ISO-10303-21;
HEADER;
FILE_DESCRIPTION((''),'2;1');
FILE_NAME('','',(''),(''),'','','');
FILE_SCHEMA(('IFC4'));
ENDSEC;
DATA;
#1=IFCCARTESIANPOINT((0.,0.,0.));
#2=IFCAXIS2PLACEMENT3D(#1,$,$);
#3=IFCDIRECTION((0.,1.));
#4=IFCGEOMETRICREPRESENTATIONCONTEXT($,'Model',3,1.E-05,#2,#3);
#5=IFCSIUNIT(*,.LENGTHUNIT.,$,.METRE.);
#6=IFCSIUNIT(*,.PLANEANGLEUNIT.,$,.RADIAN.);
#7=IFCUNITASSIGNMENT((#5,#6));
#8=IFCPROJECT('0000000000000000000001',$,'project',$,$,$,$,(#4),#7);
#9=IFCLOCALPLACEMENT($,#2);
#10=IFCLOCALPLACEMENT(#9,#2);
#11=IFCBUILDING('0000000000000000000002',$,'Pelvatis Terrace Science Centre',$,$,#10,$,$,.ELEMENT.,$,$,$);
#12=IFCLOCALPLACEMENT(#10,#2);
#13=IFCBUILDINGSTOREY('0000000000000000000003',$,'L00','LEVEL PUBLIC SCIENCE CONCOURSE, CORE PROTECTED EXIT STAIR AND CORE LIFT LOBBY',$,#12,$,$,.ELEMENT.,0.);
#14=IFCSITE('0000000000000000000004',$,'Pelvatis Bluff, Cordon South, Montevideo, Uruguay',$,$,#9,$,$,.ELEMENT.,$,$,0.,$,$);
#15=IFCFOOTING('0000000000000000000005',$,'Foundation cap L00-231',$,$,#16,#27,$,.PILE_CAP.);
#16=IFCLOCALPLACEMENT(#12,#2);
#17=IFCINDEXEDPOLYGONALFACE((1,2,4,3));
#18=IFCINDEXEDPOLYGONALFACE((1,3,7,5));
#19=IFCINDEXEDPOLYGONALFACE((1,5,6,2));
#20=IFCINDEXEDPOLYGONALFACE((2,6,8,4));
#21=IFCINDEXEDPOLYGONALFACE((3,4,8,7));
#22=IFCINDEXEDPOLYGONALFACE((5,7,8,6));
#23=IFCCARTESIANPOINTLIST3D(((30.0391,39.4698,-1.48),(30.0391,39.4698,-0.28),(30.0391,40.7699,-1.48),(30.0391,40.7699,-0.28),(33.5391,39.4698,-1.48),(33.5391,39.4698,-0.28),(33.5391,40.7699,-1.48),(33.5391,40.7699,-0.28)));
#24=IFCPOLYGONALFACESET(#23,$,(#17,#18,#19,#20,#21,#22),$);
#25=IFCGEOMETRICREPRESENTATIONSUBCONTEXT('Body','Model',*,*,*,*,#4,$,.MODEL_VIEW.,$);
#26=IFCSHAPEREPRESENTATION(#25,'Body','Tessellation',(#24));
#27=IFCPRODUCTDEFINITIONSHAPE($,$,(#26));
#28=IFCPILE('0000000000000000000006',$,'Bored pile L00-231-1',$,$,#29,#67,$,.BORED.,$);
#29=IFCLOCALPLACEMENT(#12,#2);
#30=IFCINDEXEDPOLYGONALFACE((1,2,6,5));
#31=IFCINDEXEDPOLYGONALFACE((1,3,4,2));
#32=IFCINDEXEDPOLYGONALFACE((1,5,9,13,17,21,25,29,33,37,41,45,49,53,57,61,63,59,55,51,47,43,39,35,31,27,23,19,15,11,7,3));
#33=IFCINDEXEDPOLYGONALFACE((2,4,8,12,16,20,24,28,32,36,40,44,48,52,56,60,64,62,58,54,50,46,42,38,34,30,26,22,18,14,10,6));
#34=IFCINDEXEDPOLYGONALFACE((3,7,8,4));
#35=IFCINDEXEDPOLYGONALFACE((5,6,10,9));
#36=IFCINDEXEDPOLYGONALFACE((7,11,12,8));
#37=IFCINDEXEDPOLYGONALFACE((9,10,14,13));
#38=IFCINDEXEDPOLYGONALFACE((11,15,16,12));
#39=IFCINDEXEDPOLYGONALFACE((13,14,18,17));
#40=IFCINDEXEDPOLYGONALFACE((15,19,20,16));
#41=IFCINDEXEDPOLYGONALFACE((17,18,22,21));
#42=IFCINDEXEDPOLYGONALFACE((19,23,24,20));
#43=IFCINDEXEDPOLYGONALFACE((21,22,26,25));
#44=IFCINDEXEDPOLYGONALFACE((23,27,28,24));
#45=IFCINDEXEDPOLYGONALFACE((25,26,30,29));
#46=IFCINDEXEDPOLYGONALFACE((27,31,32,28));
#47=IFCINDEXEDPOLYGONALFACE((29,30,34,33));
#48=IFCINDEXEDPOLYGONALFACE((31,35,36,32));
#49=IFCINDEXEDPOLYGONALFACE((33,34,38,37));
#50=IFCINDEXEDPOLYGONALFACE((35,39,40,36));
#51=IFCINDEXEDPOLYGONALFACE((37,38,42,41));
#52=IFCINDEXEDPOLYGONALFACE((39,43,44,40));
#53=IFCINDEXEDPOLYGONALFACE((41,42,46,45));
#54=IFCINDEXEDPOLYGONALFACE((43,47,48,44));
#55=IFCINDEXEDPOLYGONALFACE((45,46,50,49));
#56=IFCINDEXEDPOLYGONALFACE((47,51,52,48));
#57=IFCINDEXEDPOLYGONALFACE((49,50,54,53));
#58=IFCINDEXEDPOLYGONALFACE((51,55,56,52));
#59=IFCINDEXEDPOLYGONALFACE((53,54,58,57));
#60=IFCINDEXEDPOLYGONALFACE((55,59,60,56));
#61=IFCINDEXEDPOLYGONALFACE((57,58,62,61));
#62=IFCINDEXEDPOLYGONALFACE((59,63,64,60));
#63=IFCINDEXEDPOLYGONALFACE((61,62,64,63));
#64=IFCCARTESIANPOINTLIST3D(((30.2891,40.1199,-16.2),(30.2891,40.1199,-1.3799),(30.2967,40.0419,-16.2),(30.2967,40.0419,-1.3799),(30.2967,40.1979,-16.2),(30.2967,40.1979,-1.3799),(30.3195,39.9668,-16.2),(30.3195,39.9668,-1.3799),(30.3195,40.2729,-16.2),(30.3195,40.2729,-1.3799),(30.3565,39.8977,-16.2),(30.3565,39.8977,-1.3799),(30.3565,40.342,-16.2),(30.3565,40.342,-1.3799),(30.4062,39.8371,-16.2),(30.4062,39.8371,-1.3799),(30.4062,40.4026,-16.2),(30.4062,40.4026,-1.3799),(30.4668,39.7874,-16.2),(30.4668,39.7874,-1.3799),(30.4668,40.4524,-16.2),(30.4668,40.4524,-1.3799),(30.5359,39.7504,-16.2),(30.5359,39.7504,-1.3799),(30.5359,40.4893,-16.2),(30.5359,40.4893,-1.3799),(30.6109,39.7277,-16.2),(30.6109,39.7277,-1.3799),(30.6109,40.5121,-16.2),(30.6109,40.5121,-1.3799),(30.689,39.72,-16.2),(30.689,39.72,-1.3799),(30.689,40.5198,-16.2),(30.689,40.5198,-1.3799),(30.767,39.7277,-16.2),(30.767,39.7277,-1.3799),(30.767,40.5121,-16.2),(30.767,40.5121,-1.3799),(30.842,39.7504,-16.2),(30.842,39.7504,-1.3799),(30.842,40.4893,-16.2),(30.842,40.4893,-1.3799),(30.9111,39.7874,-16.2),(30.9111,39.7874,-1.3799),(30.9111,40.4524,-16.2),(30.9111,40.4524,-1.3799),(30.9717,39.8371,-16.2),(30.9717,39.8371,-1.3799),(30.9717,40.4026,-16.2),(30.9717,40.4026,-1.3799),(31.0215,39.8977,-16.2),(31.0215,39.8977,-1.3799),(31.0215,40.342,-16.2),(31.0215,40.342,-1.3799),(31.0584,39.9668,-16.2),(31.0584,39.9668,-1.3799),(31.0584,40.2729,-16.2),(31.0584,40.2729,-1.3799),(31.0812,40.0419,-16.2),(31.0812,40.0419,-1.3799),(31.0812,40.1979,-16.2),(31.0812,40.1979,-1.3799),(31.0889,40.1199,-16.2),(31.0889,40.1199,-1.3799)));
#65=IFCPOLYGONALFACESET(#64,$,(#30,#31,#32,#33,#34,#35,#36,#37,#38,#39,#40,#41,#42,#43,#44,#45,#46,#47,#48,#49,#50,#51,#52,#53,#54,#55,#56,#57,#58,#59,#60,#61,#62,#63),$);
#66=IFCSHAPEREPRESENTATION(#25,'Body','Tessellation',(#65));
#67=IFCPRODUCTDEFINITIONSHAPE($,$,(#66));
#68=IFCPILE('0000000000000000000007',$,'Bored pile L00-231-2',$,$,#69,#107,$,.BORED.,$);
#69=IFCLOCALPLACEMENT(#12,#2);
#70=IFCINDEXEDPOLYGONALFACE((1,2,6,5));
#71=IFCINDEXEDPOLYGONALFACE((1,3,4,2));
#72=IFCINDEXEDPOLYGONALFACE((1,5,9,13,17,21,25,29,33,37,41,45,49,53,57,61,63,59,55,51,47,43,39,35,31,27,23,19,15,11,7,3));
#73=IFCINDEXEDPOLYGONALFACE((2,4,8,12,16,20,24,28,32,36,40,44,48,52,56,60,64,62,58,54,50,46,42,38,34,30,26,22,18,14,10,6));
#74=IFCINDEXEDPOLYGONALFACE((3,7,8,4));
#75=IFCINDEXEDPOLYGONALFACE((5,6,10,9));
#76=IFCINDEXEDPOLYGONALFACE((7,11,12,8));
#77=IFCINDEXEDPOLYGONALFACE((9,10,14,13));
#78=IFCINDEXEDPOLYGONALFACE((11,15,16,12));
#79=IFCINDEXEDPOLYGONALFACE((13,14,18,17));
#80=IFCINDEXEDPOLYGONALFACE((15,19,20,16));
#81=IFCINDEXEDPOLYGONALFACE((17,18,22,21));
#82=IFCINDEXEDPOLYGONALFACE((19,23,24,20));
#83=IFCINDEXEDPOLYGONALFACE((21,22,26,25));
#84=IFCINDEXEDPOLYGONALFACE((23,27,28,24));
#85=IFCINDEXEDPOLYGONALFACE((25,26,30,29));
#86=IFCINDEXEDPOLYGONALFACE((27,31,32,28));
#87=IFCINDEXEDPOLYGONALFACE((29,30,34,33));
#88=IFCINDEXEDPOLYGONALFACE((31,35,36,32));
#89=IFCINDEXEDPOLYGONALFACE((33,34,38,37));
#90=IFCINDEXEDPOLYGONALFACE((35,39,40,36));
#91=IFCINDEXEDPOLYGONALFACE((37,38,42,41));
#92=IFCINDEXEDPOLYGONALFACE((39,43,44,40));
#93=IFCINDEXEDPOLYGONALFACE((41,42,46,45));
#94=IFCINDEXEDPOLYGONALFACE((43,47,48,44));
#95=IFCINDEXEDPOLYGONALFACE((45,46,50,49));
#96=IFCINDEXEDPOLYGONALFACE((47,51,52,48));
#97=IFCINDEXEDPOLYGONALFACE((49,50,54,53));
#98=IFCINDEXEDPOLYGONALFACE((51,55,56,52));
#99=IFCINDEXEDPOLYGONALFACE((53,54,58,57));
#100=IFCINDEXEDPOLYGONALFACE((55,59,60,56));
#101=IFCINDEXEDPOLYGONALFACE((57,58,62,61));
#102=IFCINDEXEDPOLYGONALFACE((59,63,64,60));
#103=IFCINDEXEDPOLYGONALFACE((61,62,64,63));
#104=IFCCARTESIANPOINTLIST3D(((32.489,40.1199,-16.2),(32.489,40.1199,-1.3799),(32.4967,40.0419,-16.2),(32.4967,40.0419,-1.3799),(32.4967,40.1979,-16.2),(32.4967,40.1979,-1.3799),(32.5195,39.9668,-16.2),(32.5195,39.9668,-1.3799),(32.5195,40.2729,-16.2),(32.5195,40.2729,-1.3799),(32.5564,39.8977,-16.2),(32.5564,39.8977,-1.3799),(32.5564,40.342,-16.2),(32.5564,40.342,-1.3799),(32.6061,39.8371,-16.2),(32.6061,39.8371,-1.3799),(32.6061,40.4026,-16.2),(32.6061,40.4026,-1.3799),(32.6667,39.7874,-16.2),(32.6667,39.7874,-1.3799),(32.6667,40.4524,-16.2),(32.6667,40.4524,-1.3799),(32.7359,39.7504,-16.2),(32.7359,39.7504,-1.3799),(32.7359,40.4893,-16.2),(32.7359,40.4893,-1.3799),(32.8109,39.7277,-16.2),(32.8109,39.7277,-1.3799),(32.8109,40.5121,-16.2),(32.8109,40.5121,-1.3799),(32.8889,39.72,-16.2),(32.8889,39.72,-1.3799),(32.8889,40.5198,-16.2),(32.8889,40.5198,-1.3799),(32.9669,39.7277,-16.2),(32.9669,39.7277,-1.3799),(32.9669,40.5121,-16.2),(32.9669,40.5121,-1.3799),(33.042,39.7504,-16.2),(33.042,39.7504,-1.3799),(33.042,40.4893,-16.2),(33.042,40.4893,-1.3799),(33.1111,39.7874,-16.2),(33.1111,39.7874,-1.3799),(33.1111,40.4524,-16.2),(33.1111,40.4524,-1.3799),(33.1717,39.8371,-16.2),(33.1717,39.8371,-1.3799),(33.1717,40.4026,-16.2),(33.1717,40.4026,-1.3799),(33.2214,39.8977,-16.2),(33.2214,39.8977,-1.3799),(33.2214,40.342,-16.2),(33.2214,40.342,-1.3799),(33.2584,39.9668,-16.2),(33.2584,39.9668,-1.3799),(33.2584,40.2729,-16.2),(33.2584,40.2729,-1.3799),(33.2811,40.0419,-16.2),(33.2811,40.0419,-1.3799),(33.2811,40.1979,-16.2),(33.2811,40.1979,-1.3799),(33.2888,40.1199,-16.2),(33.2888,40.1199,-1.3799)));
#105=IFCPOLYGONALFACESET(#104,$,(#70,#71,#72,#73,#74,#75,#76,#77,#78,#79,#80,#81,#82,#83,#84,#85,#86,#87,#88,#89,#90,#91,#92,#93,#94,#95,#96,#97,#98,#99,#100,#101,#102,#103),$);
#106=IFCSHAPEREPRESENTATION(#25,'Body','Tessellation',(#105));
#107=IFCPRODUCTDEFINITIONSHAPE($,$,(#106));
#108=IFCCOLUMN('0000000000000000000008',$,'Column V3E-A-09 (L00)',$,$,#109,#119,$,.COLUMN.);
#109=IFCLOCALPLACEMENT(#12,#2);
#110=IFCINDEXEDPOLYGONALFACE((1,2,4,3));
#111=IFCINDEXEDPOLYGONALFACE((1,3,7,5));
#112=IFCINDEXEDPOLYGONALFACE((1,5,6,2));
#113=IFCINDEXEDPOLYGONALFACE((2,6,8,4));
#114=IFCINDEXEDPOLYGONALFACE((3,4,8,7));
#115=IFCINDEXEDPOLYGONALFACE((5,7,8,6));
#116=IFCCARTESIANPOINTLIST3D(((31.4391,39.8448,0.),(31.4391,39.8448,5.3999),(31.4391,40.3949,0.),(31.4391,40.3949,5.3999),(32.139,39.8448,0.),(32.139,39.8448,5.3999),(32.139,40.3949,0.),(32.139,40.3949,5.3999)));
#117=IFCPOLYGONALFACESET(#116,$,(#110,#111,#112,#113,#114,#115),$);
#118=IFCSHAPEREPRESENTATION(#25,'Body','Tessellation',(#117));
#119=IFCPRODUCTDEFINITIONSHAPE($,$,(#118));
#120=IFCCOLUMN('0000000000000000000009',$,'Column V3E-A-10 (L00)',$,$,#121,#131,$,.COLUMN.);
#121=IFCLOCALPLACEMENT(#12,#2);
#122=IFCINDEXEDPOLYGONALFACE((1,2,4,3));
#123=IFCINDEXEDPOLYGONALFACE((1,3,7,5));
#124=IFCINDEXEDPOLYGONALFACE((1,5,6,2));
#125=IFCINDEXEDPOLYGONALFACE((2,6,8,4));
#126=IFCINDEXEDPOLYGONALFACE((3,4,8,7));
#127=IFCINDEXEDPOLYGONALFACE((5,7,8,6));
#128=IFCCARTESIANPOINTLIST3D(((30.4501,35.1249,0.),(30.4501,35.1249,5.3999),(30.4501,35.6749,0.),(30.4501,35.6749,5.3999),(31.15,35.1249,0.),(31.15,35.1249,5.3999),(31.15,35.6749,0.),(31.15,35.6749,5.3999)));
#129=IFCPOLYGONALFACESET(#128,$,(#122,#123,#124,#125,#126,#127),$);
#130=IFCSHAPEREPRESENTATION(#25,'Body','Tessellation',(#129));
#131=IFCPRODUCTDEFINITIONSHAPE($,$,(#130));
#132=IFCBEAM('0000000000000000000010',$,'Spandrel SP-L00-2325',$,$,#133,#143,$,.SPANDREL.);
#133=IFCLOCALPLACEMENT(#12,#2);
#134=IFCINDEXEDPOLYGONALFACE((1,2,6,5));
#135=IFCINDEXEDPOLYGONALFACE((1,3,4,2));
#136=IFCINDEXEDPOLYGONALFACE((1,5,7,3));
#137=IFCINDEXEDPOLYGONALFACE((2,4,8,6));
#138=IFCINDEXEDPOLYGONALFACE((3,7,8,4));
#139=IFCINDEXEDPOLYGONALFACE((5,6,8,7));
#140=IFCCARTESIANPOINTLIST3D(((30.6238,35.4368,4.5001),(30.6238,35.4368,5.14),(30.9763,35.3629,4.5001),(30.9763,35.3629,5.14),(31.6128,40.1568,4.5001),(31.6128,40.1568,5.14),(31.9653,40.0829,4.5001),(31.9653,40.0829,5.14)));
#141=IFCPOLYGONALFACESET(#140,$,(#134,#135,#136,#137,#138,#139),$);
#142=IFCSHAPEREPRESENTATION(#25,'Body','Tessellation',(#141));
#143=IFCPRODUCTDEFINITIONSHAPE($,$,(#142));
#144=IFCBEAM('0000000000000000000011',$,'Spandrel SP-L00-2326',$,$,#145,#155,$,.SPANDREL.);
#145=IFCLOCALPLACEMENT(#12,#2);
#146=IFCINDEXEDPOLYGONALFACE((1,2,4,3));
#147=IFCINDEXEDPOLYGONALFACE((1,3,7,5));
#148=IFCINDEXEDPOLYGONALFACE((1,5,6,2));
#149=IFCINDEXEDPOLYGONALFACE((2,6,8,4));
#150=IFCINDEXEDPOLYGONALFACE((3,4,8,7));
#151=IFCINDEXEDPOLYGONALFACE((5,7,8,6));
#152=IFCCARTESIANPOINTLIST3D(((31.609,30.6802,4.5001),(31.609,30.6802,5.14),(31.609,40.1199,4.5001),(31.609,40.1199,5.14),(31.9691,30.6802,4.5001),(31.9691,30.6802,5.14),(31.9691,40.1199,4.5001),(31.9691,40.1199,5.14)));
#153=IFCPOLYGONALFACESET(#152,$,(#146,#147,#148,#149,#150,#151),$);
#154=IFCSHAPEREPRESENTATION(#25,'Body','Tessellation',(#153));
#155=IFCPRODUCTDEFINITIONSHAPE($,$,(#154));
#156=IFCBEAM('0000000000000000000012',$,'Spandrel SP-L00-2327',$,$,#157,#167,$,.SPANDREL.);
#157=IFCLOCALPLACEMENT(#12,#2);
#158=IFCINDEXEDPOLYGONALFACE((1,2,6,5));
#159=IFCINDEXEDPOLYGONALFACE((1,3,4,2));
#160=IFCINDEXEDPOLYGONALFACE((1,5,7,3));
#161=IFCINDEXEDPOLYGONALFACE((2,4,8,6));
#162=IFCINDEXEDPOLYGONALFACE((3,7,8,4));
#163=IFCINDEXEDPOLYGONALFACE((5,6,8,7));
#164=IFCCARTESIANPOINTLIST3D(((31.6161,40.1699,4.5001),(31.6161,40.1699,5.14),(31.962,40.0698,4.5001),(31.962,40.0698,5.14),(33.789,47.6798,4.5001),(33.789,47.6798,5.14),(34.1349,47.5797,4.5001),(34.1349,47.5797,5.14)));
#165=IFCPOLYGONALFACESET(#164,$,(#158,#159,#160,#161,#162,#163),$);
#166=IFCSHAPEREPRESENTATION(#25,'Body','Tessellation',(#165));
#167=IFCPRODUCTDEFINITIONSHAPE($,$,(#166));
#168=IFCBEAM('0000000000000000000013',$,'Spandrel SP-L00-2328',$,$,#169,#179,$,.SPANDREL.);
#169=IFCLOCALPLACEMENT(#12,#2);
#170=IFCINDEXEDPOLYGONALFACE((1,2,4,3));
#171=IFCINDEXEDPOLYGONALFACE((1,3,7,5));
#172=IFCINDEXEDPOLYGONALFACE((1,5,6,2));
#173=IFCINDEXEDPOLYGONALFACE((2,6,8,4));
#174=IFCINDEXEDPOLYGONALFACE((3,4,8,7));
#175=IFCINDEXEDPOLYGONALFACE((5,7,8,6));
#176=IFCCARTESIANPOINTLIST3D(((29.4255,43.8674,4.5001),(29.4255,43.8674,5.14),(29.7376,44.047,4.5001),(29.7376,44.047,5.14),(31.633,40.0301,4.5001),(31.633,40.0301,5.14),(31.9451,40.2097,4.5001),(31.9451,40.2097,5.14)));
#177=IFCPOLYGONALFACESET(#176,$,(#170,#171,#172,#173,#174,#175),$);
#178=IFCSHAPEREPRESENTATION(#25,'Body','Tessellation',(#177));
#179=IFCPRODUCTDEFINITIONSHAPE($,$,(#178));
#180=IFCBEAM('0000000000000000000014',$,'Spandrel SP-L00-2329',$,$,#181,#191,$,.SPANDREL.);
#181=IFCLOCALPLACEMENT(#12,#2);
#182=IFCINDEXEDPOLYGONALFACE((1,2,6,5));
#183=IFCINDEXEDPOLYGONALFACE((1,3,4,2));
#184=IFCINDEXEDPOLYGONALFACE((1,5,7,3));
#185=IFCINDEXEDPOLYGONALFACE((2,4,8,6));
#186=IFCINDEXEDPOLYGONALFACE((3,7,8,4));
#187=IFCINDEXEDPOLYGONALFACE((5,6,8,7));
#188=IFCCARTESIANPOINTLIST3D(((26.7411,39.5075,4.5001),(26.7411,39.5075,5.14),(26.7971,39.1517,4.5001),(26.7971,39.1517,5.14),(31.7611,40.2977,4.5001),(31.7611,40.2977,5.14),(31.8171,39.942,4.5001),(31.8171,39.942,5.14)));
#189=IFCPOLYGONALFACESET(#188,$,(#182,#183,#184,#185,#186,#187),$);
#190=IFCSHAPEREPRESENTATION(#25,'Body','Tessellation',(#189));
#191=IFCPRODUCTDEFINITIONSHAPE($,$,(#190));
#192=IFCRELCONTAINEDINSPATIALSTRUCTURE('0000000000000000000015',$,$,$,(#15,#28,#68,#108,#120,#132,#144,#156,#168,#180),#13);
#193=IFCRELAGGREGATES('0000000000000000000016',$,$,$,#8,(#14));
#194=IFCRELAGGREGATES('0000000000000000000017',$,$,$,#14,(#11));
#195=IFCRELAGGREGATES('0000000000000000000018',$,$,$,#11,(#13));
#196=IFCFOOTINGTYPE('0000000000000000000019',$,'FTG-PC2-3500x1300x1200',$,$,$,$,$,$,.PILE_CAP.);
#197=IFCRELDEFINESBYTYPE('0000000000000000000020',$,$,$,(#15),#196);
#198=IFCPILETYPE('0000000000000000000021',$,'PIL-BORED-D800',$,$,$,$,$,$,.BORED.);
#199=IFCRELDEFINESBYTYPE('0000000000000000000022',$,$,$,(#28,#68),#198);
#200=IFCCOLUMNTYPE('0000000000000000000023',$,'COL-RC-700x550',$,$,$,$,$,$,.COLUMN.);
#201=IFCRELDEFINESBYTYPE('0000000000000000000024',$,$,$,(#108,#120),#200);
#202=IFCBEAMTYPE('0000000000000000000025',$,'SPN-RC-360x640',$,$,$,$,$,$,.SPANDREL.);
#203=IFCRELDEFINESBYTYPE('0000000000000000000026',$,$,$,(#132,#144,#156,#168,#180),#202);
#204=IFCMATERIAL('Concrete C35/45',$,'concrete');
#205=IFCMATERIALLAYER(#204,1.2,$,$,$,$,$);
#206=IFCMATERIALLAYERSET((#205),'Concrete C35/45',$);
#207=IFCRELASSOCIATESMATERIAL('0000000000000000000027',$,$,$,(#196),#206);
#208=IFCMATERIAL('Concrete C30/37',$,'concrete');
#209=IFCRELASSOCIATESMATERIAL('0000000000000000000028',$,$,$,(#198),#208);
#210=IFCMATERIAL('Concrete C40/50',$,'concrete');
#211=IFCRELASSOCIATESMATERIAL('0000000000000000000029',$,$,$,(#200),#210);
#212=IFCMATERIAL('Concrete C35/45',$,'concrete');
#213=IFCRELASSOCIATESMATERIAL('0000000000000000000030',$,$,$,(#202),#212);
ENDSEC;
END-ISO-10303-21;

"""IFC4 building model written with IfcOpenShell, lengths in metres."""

from ifc_helpers import new_model, si_unit, direction, frame, origin, origin_2d, place, context, subcontext, project, spatial, rectangle, circle, extrude, material, layer, layer_set, material_profile, profile_set, type_object, element, save


model = new_model("IFC4")

# Units and contexts
model_context = context("Model", 3, precision=1e-05, world=origin(), true_north=direction((0.0, 1.0)))
body_context = subcontext(model_context, "Body", "Model", "MODEL_VIEW")
ifc_project = project(units=[si_unit("LENGTHUNIT", "METRE"), si_unit("PLANEANGLEUNIT", "RADIAN")], contexts=[model_context])

# Site, building, storey
site_placement = place(None, origin())
site = spatial("IfcSite", under=ifc_project, at=site_placement, Name="Pelvatis Bluff, Cordon South, Montevideo, Uruguay", CompositionType="ELEMENT", RefElevation=0.0)
building_placement = place(site_placement, origin())
building = spatial("IfcBuilding", under=site, at=building_placement, Name="Pelvatis Terrace Science Centre", CompositionType="ELEMENT")
storey_placement = place(building_placement, origin())
storey = spatial("IfcBuildingStorey", under=building, at=storey_placement, Name="L00", Description="LEVEL PUBLIC SCIENCE CONCOURSE, CORE PROTECTED EXIT STAIR AND CORE LIFT LOBBY", CompositionType="ELEMENT", Elevation=0.0)

# Footing
ifc_material_1 = material(Name="Concrete C35/45", Category="concrete")
ifc_layer = layer(ifc_material_1, 1.2)
ifc_layer_set = layer_set([ifc_layer], Name="Concrete C35/45")
footing_type = type_object("IfcFootingType", Name="FTG-PC2-3500x1300x1200", PredefinedType="PILE_CAP", material=ifc_layer_set)
footing_placement = place(storey_placement, frame((31.7891, 40.1199, -1.48), z_axis=(0.0, 0.0, 1.0), x_axis=(1.0, 0.0, 0.0)))
element("IfcFooting", 1, at=footing_placement, inside=storey, type_object=footing_type, Name="Foundation cap L00-231", PredefinedType="PILE_CAP", context=body_context, shape_type="SweptSolid", body=[
    extrude(rectangle(XDim=3.5, YDim=1.3, at=origin_2d()), origin(), (0.0, 0.0, 1.0), 1.2),
])

# Piles
ifc_material_2 = material(Name="Concrete C30/37", Category="concrete")
ifc_material_profile_1 = material_profile(ifc_material_2, circle(Radius=0.3999, at=origin_2d()), Name="PILE D800")
ifc_profile_set_1 = profile_set([ifc_material_profile_1], Name="Concrete C30/37")
pile_type = type_object("IfcPileType", Name="PIL-BORED-D800", PredefinedType="BORED", material=ifc_profile_set_1)
for number, where, z_axis, x_axis, name in (
    (2, (30.689, 40.1199, -1.3799), (0.0, 0.0, -1.0), (1.0, 0.0, 0.0), "Bored pile L00-231-1"),
    (3, (32.8889, 40.1199, -1.3799), (0.0, 0.0, -1.0), (1.0, 0.0, 0.0), "Bored pile L00-231-2"),
):
    element("IfcPile", number, at=place(storey_placement, frame(where, z_axis=z_axis, x_axis=x_axis)), inside=storey, type_object=pile_type, Name=name, PredefinedType="BORED", context=body_context, shape_type="SweptSolid", body=[
        extrude(circle(Radius=0.3999, at=origin_2d()), origin(), (0.0, 0.0, 1.0), 14.8201),
    ])

# Columns
ifc_material_3 = material(Name="Concrete C40/50", Category="concrete")
ifc_material_profile_2 = material_profile(ifc_material_3, rectangle(XDim=0.7, YDim=0.55, at=origin_2d()), Name="RC-COL 700x550")
ifc_profile_set_2 = profile_set([ifc_material_profile_2], Name="Concrete C40/50")
column_type = type_object("IfcColumnType", Name="COL-RC-700x550", PredefinedType="COLUMN", material=ifc_profile_set_2)
for number, where, z_axis, x_axis, name in (
    (4, (31.7891, 40.1199, 0.0), (0.0, 0.0, 1.0), (1.0, 0.0, 0.0), "Column V3E-A-09 (L00)"),
    (5, (30.8, 35.3999, 0.0), (0.0, 0.0, 1.0), (1.0, 0.0, 0.0), "Column V3E-A-10 (L00)"),
):
    element("IfcColumn", number, at=place(storey_placement, frame(where, z_axis=z_axis, x_axis=x_axis)), inside=storey, type_object=column_type, Name=name, PredefinedType="COLUMN", context=body_context, shape_type="SweptSolid", body=[
        extrude(rectangle(XDim=0.7, YDim=0.55, at=origin_2d()), origin(), (0.0, 0.0, 1.0), 5.3999),
    ])

# Beams
ifc_material_4 = material(Name="Concrete C35/45", Category="concrete")
ifc_material_profile_3 = material_profile(ifc_material_4, rectangle(XDim=0.3601, YDim=0.6399, at=origin_2d()), Name="RC-SPN 360x640")
ifc_profile_set_3 = profile_set([ifc_material_profile_3], Name="Concrete C35/45")
beam_type = type_object("IfcBeamType", Name="SPN-RC-360x640", PredefinedType="SPANDREL", material=ifc_profile_set_3)
beam_1_placement = place(storey_placement, frame((31.7891, 40.1199, 4.8201), z_axis=(-0.205084, -0.978744, 0.0), x_axis=(0.978744, -0.205084, 0.0)))
element("IfcBeam", 6, at=beam_1_placement, inside=storey, type_object=beam_type, Name="Spandrel SP-L00-2325", PredefinedType="SPANDREL", context=body_context, shape_type="SweptSolid", body=[
    extrude(rectangle(XDim=0.3601, YDim=0.6399, at=origin_2d()), origin(), (0.0, 0.0, 1.0), 4.8225),
])
beam_2_placement = place(storey_placement, frame((31.7891, 40.1199, 4.8201), z_axis=(0.0, -1.0, 0.0), x_axis=(1.0, 0.0, 0.0)))
element("IfcBeam", 7, at=beam_2_placement, inside=storey, type_object=beam_type, Name="Spandrel SP-L00-2326", PredefinedType="SPANDREL", context=body_context, shape_type="SweptSolid", body=[
    extrude(rectangle(XDim=0.3601, YDim=0.6399, at=origin_2d()), origin(), (0.0, 0.0, 1.0), 9.4397),
])
beam_3_placement = place(storey_placement, frame((31.7891, 40.1199, 4.8201), z_axis=(0.277937, 0.960599, 0.0), x_axis=(-0.960599, 0.277937, 0.0)))
element("IfcBeam", 8, at=beam_3_placement, inside=storey, type_object=beam_type, Name="Spandrel SP-L00-2327", PredefinedType="SPANDREL", context=body_context, shape_type="SweptSolid", body=[
    extrude(rectangle(XDim=0.3601, YDim=0.6399, at=origin_2d()), origin(), (0.0, 0.0, 1.0), 7.8179),
])
beam_4_placement = place(storey_placement, frame((31.7891, 40.1199, 4.8201), z_axis=(-0.498643, 0.866807, 0.0), x_axis=(-0.866807, -0.498643, 0.0)))
element("IfcBeam", 9, at=beam_4_placement, inside=storey, type_object=beam_type, Name="Spandrel SP-L00-2328", PredefinedType="SPANDREL", context=body_context, shape_type="SweptSolid", body=[
    extrude(rectangle(XDim=0.3601, YDim=0.6399, at=origin_2d()), origin(), (0.0, 0.0, 1.0), 4.427),
])
beam_5_placement = place(storey_placement, frame((31.7891, 40.1199, 4.8201), z_axis=(-0.987834, -0.155511, 0.0), x_axis=(0.155511, -0.987834, 0.0)))
element("IfcBeam", 10, at=beam_5_placement, inside=storey, type_object=beam_type, Name="Spandrel SP-L00-2329", PredefinedType="SPANDREL", context=body_context, shape_type="SweptSolid", body=[
    extrude(rectangle(XDim=0.3601, YDim=0.6399, at=origin_2d()), origin(), (0.0, 0.0, 1.0), 5.0818),
])

save(model, "model.ifc")
